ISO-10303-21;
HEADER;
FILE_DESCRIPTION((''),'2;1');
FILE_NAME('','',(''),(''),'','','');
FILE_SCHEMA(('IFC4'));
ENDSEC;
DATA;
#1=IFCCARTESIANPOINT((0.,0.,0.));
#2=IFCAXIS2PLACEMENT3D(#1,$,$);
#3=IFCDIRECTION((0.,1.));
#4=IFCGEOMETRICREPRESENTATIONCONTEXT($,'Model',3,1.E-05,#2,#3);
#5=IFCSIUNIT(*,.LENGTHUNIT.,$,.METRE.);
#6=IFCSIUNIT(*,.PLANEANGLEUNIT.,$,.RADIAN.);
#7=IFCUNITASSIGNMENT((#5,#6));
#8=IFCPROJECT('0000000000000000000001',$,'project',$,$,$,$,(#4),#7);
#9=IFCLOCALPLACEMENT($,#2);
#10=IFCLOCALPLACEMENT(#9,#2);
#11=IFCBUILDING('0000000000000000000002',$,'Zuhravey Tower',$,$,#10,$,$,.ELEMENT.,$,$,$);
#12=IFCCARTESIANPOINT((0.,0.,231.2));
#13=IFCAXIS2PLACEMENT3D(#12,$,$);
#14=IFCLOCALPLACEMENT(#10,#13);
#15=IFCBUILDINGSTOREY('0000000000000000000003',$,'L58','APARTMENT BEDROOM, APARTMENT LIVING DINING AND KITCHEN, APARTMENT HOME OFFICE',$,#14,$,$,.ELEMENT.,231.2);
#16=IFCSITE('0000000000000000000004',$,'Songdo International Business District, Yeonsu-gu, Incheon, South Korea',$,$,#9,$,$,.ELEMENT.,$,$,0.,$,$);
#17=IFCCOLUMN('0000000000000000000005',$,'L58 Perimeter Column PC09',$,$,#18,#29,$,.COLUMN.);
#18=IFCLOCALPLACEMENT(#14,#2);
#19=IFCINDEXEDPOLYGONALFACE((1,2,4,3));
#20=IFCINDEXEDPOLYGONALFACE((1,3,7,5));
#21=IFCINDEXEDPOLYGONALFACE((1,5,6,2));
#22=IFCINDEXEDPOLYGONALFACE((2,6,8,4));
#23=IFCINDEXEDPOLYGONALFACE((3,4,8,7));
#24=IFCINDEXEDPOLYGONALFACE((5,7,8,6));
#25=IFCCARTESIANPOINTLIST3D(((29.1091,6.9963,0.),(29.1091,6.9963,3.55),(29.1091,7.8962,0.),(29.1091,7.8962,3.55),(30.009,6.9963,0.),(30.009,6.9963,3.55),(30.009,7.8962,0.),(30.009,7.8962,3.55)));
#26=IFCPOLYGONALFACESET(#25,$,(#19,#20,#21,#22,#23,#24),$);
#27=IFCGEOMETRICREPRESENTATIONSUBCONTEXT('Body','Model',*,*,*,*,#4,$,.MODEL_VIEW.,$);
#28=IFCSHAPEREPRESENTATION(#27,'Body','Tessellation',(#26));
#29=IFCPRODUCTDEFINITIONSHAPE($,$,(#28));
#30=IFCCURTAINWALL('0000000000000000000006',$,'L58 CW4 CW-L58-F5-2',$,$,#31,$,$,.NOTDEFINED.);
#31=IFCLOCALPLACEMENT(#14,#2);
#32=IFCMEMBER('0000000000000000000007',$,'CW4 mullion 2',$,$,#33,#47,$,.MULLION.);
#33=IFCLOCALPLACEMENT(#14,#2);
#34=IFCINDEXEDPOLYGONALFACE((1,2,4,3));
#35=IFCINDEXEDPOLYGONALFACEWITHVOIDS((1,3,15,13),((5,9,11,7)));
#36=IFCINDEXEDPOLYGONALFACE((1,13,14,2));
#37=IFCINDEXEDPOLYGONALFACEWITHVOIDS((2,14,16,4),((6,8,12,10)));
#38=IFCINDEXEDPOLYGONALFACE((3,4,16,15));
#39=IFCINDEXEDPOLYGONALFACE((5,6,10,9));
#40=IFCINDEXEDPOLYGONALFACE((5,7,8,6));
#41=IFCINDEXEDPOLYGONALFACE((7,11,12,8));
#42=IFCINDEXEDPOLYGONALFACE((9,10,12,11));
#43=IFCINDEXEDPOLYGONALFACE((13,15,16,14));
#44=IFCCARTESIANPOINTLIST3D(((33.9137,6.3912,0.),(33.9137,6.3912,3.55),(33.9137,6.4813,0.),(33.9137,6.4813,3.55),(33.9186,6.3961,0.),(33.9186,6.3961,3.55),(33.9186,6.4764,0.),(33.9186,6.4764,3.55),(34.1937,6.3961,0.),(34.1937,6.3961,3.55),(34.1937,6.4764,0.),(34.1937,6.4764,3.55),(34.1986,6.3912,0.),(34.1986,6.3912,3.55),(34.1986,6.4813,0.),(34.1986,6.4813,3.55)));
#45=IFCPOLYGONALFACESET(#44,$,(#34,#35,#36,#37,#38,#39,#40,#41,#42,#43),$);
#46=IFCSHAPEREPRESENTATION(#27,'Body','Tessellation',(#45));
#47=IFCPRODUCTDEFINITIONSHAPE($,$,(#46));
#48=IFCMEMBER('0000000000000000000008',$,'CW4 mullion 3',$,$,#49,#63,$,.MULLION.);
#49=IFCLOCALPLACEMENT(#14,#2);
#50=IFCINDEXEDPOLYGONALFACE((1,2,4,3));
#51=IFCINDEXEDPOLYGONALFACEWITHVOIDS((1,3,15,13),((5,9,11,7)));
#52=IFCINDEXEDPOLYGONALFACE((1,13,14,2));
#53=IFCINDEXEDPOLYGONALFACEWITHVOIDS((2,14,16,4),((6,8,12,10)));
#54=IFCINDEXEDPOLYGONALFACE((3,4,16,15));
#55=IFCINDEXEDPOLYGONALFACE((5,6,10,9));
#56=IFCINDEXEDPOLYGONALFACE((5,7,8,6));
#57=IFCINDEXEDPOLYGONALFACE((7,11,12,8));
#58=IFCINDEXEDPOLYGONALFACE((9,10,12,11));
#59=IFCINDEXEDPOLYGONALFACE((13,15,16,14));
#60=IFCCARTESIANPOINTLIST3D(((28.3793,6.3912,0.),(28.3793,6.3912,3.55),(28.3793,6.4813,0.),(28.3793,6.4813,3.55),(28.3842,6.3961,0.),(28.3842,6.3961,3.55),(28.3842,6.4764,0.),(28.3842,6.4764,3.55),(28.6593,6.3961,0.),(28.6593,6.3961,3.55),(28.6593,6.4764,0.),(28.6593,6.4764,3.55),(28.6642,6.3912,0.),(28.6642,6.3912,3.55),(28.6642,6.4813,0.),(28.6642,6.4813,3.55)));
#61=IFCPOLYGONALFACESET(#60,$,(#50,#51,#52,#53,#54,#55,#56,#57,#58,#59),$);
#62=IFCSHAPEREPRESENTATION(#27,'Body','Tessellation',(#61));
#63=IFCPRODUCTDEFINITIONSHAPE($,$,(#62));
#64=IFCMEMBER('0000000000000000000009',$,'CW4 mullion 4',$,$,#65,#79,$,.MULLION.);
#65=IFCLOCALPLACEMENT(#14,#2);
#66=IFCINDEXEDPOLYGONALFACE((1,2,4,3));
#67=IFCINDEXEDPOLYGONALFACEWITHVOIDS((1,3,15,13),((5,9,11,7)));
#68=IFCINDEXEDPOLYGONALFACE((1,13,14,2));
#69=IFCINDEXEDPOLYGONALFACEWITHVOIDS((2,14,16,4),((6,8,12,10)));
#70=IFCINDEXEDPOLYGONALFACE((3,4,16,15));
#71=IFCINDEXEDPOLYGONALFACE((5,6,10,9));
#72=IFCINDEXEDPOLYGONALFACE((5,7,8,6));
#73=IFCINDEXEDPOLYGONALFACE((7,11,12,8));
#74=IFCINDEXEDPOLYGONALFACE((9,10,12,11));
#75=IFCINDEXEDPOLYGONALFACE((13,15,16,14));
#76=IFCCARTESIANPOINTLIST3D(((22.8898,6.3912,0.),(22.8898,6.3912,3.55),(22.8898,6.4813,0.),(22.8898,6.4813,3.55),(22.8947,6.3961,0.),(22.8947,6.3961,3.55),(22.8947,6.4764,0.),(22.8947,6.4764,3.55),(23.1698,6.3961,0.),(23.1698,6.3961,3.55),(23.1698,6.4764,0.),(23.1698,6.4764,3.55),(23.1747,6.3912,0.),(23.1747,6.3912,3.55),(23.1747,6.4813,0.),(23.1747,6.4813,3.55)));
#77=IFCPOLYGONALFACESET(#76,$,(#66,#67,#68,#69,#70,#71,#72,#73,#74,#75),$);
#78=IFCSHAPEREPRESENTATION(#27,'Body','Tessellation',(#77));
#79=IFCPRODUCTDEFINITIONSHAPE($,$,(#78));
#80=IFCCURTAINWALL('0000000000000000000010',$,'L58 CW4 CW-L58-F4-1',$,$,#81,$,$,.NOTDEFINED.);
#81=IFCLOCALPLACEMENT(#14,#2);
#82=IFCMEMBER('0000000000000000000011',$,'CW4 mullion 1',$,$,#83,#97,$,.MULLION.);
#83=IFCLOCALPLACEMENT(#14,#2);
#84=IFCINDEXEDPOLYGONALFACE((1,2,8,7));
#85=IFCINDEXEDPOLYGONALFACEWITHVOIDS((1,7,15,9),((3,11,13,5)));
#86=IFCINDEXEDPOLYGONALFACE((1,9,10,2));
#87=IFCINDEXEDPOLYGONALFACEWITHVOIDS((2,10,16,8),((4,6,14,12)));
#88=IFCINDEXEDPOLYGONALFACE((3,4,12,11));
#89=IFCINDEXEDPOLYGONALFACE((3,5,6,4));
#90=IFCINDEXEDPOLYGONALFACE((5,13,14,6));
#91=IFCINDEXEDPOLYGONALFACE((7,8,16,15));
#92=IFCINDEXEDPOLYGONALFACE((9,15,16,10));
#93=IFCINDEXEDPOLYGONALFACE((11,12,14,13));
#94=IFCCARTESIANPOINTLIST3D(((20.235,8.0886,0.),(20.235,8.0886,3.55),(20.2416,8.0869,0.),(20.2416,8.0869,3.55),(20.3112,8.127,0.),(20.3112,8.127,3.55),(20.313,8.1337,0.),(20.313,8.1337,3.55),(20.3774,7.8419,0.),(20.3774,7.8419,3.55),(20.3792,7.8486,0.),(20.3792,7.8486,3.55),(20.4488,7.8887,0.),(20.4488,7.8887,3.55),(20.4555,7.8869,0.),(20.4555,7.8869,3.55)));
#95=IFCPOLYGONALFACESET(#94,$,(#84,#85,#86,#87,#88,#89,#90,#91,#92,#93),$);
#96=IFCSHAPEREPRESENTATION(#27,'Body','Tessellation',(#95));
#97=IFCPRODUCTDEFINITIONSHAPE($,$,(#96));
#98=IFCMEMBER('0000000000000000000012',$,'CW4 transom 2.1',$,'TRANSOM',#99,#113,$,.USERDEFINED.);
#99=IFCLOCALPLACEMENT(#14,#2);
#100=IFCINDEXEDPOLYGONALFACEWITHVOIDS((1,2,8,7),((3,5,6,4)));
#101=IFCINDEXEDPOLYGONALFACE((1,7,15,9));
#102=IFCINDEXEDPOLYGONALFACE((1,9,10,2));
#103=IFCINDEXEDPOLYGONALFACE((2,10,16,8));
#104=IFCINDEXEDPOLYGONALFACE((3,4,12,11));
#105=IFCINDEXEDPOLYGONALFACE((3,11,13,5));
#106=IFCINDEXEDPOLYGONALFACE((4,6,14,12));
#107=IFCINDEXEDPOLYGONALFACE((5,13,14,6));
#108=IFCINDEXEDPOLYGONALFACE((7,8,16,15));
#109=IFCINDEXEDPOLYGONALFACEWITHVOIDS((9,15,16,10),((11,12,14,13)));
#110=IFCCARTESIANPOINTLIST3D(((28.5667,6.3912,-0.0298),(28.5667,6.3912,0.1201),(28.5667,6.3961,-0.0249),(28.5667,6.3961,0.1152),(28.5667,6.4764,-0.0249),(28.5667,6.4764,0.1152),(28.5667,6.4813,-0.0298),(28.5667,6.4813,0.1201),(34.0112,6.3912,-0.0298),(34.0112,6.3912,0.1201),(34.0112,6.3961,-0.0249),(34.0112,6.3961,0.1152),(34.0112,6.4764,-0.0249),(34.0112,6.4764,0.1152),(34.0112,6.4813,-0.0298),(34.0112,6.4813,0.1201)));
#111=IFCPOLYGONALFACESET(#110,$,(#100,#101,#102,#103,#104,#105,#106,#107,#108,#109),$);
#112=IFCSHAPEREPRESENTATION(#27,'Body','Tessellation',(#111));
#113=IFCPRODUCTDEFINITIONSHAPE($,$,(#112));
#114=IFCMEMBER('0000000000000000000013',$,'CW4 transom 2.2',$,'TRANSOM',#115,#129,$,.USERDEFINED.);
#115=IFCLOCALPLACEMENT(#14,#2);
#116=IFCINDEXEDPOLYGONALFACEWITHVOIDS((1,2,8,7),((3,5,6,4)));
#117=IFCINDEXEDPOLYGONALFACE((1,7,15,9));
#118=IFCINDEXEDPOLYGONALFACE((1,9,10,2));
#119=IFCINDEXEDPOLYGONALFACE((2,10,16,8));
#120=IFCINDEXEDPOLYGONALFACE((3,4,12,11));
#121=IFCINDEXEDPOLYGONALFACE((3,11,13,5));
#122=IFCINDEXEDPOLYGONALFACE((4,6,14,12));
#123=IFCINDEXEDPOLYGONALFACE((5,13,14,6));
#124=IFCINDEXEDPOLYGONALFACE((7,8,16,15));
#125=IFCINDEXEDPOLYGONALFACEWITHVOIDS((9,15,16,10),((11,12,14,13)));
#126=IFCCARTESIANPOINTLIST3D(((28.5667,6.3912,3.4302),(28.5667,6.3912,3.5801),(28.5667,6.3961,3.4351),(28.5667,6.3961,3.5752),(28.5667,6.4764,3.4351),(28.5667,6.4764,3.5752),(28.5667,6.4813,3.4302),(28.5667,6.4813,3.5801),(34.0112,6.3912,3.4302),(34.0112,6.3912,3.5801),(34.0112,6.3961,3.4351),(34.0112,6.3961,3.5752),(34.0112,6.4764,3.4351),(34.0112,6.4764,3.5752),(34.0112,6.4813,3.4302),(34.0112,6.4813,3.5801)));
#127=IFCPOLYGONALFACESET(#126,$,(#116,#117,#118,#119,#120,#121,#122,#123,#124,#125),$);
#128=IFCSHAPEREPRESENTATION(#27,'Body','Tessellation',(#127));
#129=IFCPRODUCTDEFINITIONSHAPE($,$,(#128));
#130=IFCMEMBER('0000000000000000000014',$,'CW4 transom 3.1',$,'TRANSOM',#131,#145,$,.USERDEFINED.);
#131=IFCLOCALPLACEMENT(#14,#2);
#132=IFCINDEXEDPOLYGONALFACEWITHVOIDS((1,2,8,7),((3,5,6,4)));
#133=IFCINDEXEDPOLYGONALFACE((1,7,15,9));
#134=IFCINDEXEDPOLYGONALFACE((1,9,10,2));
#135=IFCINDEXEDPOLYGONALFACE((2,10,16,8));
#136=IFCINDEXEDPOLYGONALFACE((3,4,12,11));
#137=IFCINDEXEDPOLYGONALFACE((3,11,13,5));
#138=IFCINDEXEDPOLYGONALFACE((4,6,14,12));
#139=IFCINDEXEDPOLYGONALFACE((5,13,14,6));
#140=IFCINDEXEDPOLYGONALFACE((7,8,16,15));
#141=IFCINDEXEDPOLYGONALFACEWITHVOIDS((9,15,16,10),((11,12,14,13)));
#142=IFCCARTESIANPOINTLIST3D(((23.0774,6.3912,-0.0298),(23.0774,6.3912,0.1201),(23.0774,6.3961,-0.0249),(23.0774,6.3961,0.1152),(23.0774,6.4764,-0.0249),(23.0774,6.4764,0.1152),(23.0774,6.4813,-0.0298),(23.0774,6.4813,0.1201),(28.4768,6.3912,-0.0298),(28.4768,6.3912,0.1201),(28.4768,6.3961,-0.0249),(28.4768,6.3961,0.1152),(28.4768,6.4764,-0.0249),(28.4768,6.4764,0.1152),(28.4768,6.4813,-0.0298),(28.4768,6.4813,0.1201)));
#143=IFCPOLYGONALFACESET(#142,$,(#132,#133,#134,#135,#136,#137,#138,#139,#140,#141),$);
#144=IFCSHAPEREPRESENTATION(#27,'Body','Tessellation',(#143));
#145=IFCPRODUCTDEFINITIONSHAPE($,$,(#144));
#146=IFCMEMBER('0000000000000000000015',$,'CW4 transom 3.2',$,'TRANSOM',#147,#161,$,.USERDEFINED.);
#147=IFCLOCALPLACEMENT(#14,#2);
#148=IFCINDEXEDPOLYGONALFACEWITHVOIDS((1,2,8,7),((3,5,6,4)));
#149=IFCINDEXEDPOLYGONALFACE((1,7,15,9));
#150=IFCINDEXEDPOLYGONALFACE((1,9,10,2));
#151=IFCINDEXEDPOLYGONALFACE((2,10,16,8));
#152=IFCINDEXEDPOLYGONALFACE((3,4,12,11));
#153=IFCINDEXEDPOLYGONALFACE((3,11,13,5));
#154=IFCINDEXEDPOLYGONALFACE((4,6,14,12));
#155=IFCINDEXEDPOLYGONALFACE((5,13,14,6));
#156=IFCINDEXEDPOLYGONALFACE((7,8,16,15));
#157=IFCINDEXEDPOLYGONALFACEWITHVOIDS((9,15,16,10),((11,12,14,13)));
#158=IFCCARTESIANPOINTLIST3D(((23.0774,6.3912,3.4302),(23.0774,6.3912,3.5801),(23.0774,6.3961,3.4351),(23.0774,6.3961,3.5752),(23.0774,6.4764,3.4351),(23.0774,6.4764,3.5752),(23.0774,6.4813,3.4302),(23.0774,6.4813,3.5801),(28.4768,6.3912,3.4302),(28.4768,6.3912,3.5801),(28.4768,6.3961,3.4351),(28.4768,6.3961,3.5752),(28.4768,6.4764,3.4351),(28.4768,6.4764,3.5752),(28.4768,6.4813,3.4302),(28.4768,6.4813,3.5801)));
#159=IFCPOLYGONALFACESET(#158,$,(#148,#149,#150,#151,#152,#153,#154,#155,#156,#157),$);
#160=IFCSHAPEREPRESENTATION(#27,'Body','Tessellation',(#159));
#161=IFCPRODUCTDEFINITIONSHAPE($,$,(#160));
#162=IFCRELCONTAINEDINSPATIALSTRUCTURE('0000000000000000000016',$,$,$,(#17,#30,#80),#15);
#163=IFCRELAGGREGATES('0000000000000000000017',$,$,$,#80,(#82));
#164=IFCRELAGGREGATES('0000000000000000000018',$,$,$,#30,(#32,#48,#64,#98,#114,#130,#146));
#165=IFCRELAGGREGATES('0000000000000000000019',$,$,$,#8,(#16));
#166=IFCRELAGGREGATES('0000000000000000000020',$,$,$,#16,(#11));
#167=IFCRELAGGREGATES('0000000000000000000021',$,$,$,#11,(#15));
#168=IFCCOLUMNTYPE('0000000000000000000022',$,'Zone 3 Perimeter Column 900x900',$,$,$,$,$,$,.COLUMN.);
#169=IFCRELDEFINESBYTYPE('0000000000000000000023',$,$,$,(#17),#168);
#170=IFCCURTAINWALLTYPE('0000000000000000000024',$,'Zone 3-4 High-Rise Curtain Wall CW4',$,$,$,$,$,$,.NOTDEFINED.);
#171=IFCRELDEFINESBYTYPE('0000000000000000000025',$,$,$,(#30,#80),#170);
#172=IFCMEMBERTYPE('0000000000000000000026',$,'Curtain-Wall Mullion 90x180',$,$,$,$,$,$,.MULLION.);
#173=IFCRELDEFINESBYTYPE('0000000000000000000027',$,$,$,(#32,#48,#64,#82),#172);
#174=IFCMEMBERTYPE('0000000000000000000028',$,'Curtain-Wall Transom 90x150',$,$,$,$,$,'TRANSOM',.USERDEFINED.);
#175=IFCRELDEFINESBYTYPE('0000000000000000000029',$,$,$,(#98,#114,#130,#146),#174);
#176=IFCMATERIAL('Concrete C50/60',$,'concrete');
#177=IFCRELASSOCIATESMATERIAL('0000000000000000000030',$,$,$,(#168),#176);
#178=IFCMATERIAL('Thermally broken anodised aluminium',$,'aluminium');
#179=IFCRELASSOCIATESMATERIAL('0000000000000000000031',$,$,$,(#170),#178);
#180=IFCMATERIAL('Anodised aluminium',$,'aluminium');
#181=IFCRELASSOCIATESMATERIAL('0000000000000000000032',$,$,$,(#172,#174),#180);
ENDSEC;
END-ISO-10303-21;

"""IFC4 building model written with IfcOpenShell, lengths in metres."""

from ifc_helpers import new_model, si_unit, direction, frame, origin, origin_2d, place, context, subcontext, project, spatial, rectangle, hollow_rectangle, extrude, material, material_profile, profile_set, type_object, element, aggregate, save


model = new_model("IFC4")

# Units and contexts
model_context = context("Model", 3, precision=1e-05, world=origin(), true_north=direction((0.0, 1.0)))
body_context = subcontext(model_context, "Body", "Model", "MODEL_VIEW")
ifc_project = project(units=[si_unit("LENGTHUNIT", "METRE"), si_unit("PLANEANGLEUNIT", "RADIAN")], contexts=[model_context])

# Site, building, storey
site_placement = place(None, origin())
site = spatial("IfcSite", under=ifc_project, at=site_placement, Name="Songdo International Business District, Yeonsu-gu, Incheon, South Korea", CompositionType="ELEMENT", RefElevation=0.0)
building_placement = place(site_placement, origin())
building = spatial("IfcBuilding", under=site, at=building_placement, Name="Zuhravey Tower", CompositionType="ELEMENT")
storey_placement = place(building_placement, frame((0.0, 0.0, 231.2)))
storey = spatial("IfcBuildingStorey", under=building, at=storey_placement, Name="L58", Description="APARTMENT BEDROOM, APARTMENT LIVING DINING AND KITCHEN, APARTMENT HOME OFFICE", CompositionType="ELEMENT", Elevation=231.2)

# Column
ifc_material_1 = material(Name="Concrete C50/60", Category="concrete")
ifc_material_profile_1 = material_profile(ifc_material_1, rectangle(XDim=0.8999, YDim=0.8999, at=origin_2d()), Name="RC-900x900")
ifc_profile_set_1 = profile_set([ifc_material_profile_1], Name="Concrete C50/60")
column_type = type_object("IfcColumnType", Name="Zone 3 Perimeter Column 900x900", PredefinedType="COLUMN", material=ifc_profile_set_1)
column_placement = place(storey_placement, frame((29.5591, 7.4463, 0.0), z_axis=(0.0, 0.0, 1.0), x_axis=(1.0, 0.0, 0.0)))
element("IfcColumn", 1, at=column_placement, inside=storey, type_object=column_type, Name="L58 Perimeter Column PC09", PredefinedType="COLUMN", context=body_context, shape_type="SweptSolid", body=[
    extrude(rectangle(XDim=0.8999, YDim=0.8999, at=origin_2d()), origin(), (0.0, 0.0, 1.0), 3.55),
])

# Curtain wall, members
ifc_material_2 = material(Name="Thermally broken anodised aluminium", Category="aluminium")
curtain_wall_type = type_object("IfcCurtainWallType", Name="Zone 3-4 High-Rise Curtain Wall CW4", PredefinedType="NOTDEFINED", material=ifc_material_2)
curtain_wall_1_placement = place(storey_placement, origin())
curtain_wall_1 = element("IfcCurtainWall", 2, at=curtain_wall_1_placement, inside=storey, type_object=curtain_wall_type, Name="L58 CW4 CW-L58-F5-2", PredefinedType="NOTDEFINED")
ifc_material_3 = material(Name="Anodised aluminium", Category="aluminium")
ifc_material_profile_2 = material_profile(ifc_material_3, hollow_rectangle(XDim=0.0901, YDim=0.2849, WallThickness=0.0049, at=origin_2d()), Name="ALU-RHS-90x285x5")
ifc_profile_set_2 = profile_set([ifc_material_profile_2], Name="Anodised aluminium")
member_type_1 = type_object("IfcMemberType", Name="Curtain-Wall Mullion 90x180", PredefinedType="MULLION", material=ifc_profile_set_2)
member_1_placement = place(storey_placement, frame((34.0562, 6.4363, 0.0), z_axis=(0.0, 0.0, 1.0), x_axis=(0.0, -1.0, 0.0)))
member_1 = element("IfcMember", 3, at=member_1_placement, type_object=member_type_1, Name="CW4 mullion 2", PredefinedType="MULLION", context=body_context, shape_type="SweptSolid", body=[
    extrude(hollow_rectangle(XDim=0.0901, YDim=0.2849, WallThickness=0.0049, at=origin_2d()), origin(), (0.0, 0.0, 1.0), 3.55),
])
member_2_placement = place(storey_placement, frame((28.5217, 6.4363, 0.0), z_axis=(0.0, 0.0, 1.0), x_axis=(0.0, -1.0, 0.0)))
member_2 = element("IfcMember", 4, at=member_2_placement, type_object=member_type_1, Name="CW4 mullion 3", PredefinedType="MULLION", context=body_context, shape_type="SweptSolid", body=[
    extrude(hollow_rectangle(XDim=0.0901, YDim=0.2849, WallThickness=0.0049, at=origin_2d()), origin(), (0.0, 0.0, 1.0), 3.55),
])
member_3_placement = place(storey_placement, frame((23.0322, 6.4363, 0.0), z_axis=(0.0, 0.0, 1.0), x_axis=(0.0, -1.0, 0.0)))
member_3 = element("IfcMember", 5, at=member_3_placement, type_object=member_type_1, Name="CW4 mullion 4", PredefinedType="MULLION", context=body_context, shape_type="SweptSolid", body=[
    extrude(hollow_rectangle(XDim=0.0901, YDim=0.2849, WallThickness=0.0049, at=origin_2d()), origin(), (0.0, 0.0, 1.0), 3.55),
])

# Curtain wall, member
curtain_wall_2_placement = place(storey_placement, origin())
curtain_wall_2 = element("IfcCurtainWall", 6, at=curtain_wall_2_placement, inside=storey, type_object=curtain_wall_type, Name="L58 CW4 CW-L58-F4-1", PredefinedType="NOTDEFINED")
member_4_placement = place(storey_placement, frame((20.3452, 7.9878, 0.0), z_axis=(0.0, 0.0, 1.0), x_axis=(-0.866025, -0.500001, 0.0)))
member_4 = element("IfcMember", 7, at=member_4_placement, type_object=member_type_1, Name="CW4 mullion 1", PredefinedType="MULLION", context=body_context, shape_type="SweptSolid", body=[
    extrude(hollow_rectangle(XDim=0.0901, YDim=0.2849, WallThickness=0.0049, at=origin_2d()), origin(), (0.0, 0.0, 1.0), 3.55),
])
aggregate(curtain_wall_2, [member_4])

# Members
ifc_material_profile_3 = material_profile(ifc_material_3, hollow_rectangle(XDim=0.0901, YDim=0.1499, WallThickness=0.0049, at=origin_2d()), Name="ALU-RHS-90x150x5")
ifc_profile_set_3 = profile_set([ifc_material_profile_3], Name="Anodised aluminium")
member_type_2 = type_object("IfcMemberType", Name="Curtain-Wall Transom 90x150", ElementType="TRANSOM", PredefinedType="USERDEFINED", material=ifc_profile_set_3)
member_5_placement = place(storey_placement, frame((34.0112, 6.4363, 0.0452), z_axis=(-1.0, 0.0, 0.0), x_axis=(0.0, -1.0, 0.0)))
member_5 = element("IfcMember", 8, at=member_5_placement, type_object=member_type_2, Name="CW4 transom 2.1", ObjectType="TRANSOM", PredefinedType="USERDEFINED", context=body_context, shape_type="SweptSolid", body=[
    extrude(hollow_rectangle(XDim=0.0901, YDim=0.1499, WallThickness=0.0049, at=origin_2d()), origin(), (0.0, 0.0, 1.0), 5.4446),
])
member_6_placement = place(storey_placement, frame((34.0112, 6.4363, 3.5051), z_axis=(-1.0, 0.0, 0.0), x_axis=(0.0, -1.0, 0.0)))
member_6 = element("IfcMember", 9, at=member_6_placement, type_object=member_type_2, Name="CW4 transom 2.2", ObjectType="TRANSOM", PredefinedType="USERDEFINED", context=body_context, shape_type="SweptSolid", body=[
    extrude(hollow_rectangle(XDim=0.0901, YDim=0.1499, WallThickness=0.0049, at=origin_2d()), origin(), (0.0, 0.0, 1.0), 5.4446),
])
member_7_placement = place(storey_placement, frame((28.4768, 6.4363, 0.0452), z_axis=(-1.0, 0.0, 0.0), x_axis=(0.0, -1.0, 0.0)))
member_7 = element("IfcMember", 10, at=member_7_placement, type_object=member_type_2, Name="CW4 transom 3.1", ObjectType="TRANSOM", PredefinedType="USERDEFINED", context=body_context, shape_type="SweptSolid", body=[
    extrude(hollow_rectangle(XDim=0.0901, YDim=0.1499, WallThickness=0.0049, at=origin_2d()), origin(), (0.0, 0.0, 1.0), 5.3994),
])
member_8_placement = place(storey_placement, frame((28.4768, 6.4363, 3.5051), z_axis=(-1.0, 0.0, 0.0), x_axis=(0.0, -1.0, 0.0)))
member_8 = element("IfcMember", 11, at=member_8_placement, type_object=member_type_2, Name="CW4 transom 3.2", ObjectType="TRANSOM", PredefinedType="USERDEFINED", context=body_context, shape_type="SweptSolid", body=[
    extrude(hollow_rectangle(XDim=0.0901, YDim=0.1499, WallThickness=0.0049, at=origin_2d()), origin(), (0.0, 0.0, 1.0), 5.3994),
])

aggregate(curtain_wall_1, [member_1, member_2, member_3, member_5, member_6, member_7, member_8])

save(model, "model.ifc")
